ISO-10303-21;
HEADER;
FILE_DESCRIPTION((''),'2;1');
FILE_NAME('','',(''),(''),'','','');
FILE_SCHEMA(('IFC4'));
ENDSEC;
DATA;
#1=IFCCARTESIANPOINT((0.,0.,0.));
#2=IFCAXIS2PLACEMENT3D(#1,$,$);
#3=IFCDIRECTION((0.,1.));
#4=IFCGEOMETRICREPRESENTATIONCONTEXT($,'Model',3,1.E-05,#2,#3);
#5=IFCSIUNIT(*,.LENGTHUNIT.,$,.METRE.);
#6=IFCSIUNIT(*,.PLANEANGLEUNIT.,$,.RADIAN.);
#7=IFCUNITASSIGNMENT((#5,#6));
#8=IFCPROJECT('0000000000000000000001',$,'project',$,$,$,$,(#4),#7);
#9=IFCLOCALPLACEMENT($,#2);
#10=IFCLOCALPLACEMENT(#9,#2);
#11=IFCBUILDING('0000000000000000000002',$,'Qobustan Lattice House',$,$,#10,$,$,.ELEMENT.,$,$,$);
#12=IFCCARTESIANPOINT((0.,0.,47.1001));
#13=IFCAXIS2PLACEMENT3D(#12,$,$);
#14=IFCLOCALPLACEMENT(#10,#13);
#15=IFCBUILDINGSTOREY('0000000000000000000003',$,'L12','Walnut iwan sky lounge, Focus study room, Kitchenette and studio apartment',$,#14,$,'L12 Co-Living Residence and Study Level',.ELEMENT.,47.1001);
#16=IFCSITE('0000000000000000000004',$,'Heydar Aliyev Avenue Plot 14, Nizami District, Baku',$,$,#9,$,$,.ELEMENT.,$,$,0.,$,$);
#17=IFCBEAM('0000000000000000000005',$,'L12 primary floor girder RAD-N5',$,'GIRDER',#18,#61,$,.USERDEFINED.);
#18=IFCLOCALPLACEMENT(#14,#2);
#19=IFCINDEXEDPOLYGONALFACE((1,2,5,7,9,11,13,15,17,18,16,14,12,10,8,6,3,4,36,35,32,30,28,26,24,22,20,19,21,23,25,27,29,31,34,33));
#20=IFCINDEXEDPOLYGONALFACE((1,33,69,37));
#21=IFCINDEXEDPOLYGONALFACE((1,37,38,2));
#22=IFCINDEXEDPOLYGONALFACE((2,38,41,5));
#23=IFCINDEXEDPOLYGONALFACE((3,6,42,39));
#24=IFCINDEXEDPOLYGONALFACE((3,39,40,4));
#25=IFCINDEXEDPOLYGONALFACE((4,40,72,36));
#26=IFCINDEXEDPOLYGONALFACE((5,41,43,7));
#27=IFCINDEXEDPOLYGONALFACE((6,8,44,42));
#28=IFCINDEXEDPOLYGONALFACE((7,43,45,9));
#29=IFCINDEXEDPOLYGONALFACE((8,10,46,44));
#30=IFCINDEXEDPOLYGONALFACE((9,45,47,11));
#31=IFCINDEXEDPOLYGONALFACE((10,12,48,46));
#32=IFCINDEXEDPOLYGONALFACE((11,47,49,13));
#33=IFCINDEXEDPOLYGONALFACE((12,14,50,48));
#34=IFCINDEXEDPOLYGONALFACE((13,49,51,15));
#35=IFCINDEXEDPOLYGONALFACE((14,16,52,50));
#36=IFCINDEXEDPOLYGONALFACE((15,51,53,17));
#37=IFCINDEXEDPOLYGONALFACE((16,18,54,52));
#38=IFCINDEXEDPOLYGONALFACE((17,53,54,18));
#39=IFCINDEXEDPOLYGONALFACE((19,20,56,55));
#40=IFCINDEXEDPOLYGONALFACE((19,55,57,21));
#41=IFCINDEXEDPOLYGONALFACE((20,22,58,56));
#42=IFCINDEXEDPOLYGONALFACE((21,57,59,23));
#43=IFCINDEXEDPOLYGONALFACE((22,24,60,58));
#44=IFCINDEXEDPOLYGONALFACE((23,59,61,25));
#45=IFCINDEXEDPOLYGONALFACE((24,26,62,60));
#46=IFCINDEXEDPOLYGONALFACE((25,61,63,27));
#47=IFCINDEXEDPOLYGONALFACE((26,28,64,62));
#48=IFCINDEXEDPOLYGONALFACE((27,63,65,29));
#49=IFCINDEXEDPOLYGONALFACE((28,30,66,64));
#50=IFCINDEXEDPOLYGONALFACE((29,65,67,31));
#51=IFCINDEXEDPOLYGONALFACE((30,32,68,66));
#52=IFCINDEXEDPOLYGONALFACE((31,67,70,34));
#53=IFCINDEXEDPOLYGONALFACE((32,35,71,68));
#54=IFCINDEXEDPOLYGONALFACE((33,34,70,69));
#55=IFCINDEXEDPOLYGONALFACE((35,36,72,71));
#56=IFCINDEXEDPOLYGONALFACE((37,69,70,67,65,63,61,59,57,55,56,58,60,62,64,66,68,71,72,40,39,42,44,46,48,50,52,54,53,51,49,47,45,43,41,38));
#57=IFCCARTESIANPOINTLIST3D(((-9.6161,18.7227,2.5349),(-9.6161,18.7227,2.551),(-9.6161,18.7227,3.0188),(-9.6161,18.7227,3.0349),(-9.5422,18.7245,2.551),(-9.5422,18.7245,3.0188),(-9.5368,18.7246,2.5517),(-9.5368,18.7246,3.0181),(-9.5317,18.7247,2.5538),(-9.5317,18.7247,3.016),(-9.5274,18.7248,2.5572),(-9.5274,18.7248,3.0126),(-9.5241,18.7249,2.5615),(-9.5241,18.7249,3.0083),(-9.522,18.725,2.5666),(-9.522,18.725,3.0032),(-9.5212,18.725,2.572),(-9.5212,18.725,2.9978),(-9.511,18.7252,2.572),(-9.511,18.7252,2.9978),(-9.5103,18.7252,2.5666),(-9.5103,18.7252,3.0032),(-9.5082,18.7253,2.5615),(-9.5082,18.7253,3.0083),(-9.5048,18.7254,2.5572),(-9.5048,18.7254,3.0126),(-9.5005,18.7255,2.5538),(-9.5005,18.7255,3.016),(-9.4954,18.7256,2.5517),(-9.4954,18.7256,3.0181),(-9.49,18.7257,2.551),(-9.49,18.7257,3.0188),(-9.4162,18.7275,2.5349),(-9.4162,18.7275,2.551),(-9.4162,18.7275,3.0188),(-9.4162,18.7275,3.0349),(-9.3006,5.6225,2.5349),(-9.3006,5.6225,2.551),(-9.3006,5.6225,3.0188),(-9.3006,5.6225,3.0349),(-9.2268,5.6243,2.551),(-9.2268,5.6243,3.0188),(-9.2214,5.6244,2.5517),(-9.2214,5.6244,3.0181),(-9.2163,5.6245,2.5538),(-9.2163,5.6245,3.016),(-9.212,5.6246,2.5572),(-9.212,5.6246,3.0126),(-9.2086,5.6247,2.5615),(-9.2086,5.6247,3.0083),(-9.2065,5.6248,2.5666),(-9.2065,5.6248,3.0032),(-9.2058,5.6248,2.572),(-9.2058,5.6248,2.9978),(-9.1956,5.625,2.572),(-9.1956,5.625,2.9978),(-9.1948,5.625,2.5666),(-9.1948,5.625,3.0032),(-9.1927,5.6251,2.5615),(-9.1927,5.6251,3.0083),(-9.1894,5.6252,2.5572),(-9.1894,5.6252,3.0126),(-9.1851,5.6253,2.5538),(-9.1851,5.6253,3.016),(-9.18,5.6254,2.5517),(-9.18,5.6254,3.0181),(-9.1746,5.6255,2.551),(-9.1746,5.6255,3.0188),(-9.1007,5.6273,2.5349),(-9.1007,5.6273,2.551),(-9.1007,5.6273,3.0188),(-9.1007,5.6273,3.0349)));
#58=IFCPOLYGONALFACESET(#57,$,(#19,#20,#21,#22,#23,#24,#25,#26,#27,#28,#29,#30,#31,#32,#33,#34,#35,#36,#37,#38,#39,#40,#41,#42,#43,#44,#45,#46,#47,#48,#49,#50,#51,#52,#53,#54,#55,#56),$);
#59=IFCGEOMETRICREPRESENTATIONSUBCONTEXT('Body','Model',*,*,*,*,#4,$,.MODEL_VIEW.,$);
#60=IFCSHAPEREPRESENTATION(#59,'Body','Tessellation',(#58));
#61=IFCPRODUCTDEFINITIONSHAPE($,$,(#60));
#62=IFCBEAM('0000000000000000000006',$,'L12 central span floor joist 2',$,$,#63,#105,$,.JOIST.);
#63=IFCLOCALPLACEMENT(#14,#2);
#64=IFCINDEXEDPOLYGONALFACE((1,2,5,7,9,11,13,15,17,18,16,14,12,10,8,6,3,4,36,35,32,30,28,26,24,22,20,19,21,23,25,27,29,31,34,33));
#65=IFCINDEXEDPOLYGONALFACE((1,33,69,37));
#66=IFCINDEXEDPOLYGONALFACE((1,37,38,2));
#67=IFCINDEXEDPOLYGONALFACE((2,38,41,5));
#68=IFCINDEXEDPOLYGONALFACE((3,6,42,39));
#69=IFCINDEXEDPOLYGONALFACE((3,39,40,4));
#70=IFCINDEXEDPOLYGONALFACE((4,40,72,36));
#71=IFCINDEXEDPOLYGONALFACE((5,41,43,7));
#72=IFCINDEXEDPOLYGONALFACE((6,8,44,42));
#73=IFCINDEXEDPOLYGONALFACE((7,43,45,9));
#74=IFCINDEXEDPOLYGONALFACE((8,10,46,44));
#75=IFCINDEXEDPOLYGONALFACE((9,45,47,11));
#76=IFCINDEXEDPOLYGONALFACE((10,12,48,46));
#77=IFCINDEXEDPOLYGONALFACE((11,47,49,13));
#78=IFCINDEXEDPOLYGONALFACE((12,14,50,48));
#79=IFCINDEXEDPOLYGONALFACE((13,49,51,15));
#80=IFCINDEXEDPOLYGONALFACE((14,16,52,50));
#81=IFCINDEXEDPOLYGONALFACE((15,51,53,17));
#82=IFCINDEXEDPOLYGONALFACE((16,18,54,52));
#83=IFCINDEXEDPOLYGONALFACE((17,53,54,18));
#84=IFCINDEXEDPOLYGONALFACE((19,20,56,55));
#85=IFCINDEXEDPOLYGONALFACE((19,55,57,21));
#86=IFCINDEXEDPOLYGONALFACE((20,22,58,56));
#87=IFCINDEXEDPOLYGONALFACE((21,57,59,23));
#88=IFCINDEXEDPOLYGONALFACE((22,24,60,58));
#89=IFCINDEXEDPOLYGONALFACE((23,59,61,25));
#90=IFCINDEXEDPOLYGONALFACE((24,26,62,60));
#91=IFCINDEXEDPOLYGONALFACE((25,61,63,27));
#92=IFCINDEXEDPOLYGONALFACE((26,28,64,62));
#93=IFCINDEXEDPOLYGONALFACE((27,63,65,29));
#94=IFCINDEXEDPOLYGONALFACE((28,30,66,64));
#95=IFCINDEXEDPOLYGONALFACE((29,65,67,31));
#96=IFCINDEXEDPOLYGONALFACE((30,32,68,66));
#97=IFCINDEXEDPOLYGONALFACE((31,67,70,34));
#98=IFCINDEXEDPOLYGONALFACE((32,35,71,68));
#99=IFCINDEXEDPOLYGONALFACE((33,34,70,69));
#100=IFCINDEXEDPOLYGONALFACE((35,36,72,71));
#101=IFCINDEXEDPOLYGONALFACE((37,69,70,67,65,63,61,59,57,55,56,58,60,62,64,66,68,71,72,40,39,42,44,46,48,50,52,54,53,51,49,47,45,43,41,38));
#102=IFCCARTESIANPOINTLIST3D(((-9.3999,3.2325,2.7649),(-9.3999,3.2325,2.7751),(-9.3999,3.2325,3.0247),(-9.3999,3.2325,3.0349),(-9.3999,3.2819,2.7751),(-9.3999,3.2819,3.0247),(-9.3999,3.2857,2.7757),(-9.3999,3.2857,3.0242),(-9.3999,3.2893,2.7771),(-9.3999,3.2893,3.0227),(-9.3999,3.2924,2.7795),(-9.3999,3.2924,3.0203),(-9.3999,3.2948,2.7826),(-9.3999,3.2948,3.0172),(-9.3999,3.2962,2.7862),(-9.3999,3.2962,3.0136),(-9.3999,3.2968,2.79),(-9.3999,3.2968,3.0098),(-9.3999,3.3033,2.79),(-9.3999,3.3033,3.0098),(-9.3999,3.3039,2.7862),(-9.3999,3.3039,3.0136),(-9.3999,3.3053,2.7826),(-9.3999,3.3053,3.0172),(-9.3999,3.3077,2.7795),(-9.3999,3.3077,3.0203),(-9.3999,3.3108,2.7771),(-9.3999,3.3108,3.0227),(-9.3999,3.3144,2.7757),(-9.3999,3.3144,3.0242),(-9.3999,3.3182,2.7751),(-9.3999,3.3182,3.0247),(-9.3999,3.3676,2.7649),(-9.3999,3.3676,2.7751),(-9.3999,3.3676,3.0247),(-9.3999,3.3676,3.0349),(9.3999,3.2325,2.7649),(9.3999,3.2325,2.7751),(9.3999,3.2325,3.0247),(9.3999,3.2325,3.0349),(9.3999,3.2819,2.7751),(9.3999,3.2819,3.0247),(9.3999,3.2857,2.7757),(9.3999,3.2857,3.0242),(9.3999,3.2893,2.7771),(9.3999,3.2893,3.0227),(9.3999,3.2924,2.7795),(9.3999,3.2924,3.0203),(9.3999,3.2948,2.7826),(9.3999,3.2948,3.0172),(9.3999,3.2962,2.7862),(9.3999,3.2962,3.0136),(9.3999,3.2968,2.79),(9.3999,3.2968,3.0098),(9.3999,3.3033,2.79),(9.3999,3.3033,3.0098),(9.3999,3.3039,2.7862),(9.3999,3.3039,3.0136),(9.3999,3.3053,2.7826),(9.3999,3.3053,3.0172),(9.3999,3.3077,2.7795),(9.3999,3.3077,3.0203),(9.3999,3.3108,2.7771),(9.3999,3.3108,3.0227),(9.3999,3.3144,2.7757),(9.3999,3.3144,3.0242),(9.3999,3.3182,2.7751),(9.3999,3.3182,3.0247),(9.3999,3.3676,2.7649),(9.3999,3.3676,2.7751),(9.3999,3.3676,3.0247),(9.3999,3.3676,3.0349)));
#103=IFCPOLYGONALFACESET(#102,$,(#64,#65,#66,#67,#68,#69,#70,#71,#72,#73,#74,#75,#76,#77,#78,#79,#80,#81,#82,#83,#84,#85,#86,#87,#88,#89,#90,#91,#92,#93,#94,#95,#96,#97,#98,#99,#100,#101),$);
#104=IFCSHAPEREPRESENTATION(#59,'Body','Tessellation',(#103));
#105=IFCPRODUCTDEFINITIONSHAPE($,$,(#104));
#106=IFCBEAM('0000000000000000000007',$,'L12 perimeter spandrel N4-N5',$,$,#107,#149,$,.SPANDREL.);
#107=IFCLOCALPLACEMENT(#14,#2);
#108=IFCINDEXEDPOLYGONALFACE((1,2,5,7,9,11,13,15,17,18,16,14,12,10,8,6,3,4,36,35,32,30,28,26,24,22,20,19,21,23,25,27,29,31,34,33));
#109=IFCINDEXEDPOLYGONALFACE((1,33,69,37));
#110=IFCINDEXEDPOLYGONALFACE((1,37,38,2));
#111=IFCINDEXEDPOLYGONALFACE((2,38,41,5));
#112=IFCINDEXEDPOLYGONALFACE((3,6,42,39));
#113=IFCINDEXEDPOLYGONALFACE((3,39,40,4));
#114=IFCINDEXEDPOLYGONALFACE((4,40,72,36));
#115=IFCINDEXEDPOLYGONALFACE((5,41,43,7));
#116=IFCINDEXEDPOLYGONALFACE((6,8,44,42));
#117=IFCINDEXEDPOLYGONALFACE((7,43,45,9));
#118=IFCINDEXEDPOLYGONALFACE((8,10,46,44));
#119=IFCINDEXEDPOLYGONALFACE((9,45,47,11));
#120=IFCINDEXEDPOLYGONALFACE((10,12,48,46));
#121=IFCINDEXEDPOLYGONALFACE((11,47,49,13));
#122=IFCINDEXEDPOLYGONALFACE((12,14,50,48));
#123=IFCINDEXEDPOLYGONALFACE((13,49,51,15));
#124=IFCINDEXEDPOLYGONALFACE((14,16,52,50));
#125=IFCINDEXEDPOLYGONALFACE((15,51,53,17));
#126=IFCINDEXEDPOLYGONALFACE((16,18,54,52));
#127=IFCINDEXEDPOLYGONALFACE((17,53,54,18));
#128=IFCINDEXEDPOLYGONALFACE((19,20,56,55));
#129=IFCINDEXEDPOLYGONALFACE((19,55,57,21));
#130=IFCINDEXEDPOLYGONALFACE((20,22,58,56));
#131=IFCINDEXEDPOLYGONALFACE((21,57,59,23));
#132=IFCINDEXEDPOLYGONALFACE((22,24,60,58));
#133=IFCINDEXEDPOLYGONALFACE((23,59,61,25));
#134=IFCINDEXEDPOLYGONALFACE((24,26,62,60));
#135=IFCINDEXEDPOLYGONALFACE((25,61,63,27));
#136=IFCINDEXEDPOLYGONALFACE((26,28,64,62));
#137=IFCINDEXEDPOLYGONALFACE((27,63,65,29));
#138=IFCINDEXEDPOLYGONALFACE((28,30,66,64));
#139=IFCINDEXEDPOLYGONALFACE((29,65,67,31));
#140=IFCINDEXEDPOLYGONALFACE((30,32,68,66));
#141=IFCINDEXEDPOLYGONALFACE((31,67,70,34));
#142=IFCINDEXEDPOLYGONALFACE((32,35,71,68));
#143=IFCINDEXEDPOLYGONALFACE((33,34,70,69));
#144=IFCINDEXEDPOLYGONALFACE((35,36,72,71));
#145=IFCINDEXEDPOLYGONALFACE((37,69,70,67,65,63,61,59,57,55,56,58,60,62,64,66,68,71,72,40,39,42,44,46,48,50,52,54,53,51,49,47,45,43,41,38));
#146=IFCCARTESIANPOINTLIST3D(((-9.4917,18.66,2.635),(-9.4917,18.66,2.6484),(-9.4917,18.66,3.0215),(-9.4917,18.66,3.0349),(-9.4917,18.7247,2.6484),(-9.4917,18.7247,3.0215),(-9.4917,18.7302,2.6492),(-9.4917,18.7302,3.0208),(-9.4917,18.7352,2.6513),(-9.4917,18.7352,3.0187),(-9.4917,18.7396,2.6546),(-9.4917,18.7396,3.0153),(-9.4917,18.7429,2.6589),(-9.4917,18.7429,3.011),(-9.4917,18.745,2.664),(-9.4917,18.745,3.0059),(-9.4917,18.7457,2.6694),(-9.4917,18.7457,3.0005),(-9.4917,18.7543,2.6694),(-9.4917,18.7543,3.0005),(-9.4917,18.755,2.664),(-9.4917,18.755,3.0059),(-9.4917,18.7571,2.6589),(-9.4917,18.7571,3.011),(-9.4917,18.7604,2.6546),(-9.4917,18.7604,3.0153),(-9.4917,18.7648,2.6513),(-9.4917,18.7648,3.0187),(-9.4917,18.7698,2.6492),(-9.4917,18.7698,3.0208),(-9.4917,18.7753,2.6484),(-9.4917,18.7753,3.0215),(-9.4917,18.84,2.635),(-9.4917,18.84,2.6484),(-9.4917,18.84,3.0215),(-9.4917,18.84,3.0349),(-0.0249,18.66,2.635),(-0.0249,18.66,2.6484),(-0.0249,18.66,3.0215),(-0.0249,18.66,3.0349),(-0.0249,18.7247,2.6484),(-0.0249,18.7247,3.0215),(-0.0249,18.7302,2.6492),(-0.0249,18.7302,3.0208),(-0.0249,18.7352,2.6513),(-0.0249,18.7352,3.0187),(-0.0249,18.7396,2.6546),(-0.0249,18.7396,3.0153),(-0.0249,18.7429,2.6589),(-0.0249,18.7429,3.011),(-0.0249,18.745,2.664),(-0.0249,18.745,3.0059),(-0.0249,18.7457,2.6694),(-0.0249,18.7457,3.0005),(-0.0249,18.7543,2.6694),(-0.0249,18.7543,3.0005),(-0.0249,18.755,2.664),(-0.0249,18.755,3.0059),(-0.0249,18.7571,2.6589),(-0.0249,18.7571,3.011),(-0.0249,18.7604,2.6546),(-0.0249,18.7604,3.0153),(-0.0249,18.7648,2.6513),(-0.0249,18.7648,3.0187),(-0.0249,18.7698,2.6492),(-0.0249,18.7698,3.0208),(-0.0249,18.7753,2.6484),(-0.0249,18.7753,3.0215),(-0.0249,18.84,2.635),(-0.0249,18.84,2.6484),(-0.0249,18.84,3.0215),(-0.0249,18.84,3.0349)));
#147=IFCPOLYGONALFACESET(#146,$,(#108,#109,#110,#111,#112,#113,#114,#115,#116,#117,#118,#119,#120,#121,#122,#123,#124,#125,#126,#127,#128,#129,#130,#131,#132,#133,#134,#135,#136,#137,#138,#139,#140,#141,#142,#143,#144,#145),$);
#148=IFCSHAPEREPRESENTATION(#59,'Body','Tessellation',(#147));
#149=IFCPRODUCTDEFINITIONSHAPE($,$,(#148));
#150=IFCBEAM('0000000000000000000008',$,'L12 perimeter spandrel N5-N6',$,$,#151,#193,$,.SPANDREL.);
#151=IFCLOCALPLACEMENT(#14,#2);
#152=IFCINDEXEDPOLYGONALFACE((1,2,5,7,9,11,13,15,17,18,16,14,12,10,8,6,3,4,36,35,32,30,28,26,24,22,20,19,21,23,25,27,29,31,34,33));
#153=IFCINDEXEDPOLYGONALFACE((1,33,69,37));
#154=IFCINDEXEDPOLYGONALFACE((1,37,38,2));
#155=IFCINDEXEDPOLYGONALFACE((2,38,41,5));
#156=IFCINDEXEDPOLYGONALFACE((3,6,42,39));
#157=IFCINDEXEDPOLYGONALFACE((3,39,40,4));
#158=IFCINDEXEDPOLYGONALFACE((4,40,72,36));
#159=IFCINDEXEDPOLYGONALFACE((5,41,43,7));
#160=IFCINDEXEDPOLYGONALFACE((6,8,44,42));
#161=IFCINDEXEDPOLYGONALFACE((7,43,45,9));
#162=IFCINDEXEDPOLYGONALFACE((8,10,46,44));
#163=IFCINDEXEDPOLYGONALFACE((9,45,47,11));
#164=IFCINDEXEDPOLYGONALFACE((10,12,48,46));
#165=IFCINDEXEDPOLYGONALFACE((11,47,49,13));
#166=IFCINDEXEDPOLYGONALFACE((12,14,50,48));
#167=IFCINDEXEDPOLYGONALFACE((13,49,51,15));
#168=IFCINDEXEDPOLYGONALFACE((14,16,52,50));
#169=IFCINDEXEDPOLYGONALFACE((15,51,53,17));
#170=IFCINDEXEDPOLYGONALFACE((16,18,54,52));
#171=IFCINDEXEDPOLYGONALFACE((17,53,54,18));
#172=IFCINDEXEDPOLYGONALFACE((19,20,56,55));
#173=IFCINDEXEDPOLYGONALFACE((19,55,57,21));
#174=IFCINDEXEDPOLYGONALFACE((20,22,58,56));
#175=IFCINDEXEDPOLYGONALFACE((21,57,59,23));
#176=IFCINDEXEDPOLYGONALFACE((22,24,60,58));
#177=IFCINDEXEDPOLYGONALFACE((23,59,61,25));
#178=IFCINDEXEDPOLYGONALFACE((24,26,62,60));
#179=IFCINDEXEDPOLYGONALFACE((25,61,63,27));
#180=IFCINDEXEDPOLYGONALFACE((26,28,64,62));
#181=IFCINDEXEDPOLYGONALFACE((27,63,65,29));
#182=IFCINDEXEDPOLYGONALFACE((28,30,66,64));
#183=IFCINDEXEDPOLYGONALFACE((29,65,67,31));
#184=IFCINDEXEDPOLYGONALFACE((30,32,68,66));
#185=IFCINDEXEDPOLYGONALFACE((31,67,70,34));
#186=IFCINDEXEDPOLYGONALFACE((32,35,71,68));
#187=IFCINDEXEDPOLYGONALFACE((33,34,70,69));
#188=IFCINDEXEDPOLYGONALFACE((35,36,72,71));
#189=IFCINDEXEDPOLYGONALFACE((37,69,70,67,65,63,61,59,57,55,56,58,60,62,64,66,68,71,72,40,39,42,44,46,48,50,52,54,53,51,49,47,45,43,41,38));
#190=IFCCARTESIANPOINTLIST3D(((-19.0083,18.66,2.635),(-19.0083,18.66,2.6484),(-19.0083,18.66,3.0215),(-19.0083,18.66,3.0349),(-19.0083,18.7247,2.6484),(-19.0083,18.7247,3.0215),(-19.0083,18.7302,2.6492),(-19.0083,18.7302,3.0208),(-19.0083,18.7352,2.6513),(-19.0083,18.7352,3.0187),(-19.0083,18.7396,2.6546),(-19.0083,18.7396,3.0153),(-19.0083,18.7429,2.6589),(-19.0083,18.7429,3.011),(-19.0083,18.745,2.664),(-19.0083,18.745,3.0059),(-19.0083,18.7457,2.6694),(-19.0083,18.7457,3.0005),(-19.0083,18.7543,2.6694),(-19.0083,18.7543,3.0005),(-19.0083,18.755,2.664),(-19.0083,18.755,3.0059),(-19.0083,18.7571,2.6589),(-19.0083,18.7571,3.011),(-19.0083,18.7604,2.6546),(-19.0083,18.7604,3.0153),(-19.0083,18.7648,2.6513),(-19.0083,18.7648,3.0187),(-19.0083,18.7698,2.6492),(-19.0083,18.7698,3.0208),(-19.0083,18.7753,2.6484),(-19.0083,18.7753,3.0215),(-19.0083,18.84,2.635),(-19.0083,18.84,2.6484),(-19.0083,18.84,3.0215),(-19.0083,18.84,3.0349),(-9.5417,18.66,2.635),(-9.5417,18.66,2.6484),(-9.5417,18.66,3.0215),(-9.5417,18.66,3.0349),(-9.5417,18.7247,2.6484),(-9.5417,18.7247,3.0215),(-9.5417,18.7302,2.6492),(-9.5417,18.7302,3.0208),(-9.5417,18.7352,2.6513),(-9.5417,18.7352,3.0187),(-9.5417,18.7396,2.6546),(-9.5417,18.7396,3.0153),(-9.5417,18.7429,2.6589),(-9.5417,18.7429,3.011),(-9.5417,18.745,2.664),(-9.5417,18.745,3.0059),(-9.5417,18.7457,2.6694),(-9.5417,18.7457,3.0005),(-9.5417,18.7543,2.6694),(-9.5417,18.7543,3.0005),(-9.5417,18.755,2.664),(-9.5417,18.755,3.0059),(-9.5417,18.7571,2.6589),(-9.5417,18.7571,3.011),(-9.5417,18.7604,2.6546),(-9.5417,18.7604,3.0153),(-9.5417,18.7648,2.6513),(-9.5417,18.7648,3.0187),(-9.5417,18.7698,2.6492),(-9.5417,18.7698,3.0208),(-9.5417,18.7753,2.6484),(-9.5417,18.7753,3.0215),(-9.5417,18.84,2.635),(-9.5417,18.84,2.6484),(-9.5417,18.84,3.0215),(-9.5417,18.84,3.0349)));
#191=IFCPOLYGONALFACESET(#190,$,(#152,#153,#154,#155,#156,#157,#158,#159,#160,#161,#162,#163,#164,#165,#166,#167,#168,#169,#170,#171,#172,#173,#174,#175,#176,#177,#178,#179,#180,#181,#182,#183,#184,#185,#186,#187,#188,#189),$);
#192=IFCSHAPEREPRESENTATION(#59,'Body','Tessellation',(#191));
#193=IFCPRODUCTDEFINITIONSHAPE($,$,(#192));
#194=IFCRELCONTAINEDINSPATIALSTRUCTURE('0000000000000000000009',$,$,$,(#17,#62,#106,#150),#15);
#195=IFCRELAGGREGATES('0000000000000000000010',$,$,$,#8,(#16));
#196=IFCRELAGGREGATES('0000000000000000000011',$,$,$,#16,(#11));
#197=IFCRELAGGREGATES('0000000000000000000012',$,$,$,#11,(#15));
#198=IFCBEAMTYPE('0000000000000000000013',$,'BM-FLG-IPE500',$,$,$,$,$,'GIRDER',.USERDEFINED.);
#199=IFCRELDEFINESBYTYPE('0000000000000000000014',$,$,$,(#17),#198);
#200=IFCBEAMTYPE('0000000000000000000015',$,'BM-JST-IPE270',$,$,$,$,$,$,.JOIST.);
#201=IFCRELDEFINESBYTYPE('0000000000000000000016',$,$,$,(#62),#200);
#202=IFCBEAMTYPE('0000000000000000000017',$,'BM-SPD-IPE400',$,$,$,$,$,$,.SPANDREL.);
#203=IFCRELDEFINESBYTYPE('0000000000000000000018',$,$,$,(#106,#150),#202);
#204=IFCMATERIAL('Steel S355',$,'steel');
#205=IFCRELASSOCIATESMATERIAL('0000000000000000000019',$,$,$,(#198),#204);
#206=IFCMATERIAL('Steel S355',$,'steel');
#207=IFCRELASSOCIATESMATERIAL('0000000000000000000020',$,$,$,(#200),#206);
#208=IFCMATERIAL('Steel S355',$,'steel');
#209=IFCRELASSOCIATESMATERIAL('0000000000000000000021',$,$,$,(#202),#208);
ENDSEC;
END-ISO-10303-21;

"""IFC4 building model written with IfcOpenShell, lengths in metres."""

from ifc_helpers import new_model, si_unit, direction, frame, origin, origin_2d, place, context, subcontext, project, spatial, i_section, extrude, material, material_profile, profile_set, type_object, element, save


model = new_model("IFC4")

# Units and contexts
model_context = context("Model", 3, precision=1e-05, world=origin(), true_north=direction((0.0, 1.0)))
body_context = subcontext(model_context, "Body", "Model", "MODEL_VIEW")
ifc_project = project(units=[si_unit("LENGTHUNIT", "METRE"), si_unit("PLANEANGLEUNIT", "RADIAN")], contexts=[model_context])

# Site, building, storey
site_placement = place(None, origin())
site = spatial("IfcSite", under=ifc_project, at=site_placement, Name="Heydar Aliyev Avenue Plot 14, Nizami District, Baku", CompositionType="ELEMENT", RefElevation=0.0)
building_placement = place(site_placement, origin())
building = spatial("IfcBuilding", under=site, at=building_placement, Name="Qobustan Lattice House", CompositionType="ELEMENT")
storey_placement = place(building_placement, frame((0.0, 0.0, 47.1001)))
storey = spatial("IfcBuildingStorey", under=building, at=storey_placement, Name="L12", Description="Walnut iwan sky lounge, Focus study room, Kitchenette and studio apartment", LongName="L12 Co-Living Residence and Study Level", CompositionType="ELEMENT", Elevation=47.1001)

# Beams
ifc_material_1 = material(Name="Steel S355", Category="steel")
ifc_material_profile_1 = material_profile(ifc_material_1, i_section(OverallWidth=0.2, OverallDepth=0.5, WebThickness=0.0103, FlangeThickness=0.0161, FilletRadius=0.021, at=origin_2d()), Name="IPE500")
ifc_profile_set_1 = profile_set([ifc_material_profile_1], Name="Steel S355")
beam_type_1 = type_object("IfcBeamType", Name="BM-FLG-IPE500", ElementType="GIRDER", PredefinedType="USERDEFINED", material=ifc_profile_set_1)
beam_1_placement = place(storey_placement, frame((-9.5161, 18.7251, 2.7849), z_axis=(0.024071, -0.99971, 0.0), x_axis=(0.99971, 0.024071, 0.0)))
element("IfcBeam", 1, at=beam_1_placement, inside=storey, type_object=beam_type_1, Name="L12 primary floor girder RAD-N5", ObjectType="GIRDER", PredefinedType="USERDEFINED", context=body_context, shape_type="SweptSolid", body=[
    extrude(i_section(OverallWidth=0.2, OverallDepth=0.5, WebThickness=0.0103, FlangeThickness=0.0161, FilletRadius=0.021, at=origin_2d()), origin(), (0.0, 0.0, 1.0), 13.104),
])
ifc_material_2 = material(Name="Steel S355", Category="steel")
ifc_material_profile_2 = material_profile(ifc_material_2, i_section(OverallWidth=0.135, OverallDepth=0.27, WebThickness=0.0066, FlangeThickness=0.0103, FilletRadius=0.0149, at=origin_2d()), Name="IPE270")
ifc_profile_set_2 = profile_set([ifc_material_profile_2], Name="Steel S355")
beam_type_2 = type_object("IfcBeamType", Name="BM-JST-IPE270", PredefinedType="JOIST", material=ifc_profile_set_2)
beam_2_placement = place(storey_placement, frame((-9.3999, 3.3, 2.8999), z_axis=(1.0, 0.0, 0.0), x_axis=(0.0, 1.0, 0.0)))
element("IfcBeam", 2, at=beam_2_placement, inside=storey, type_object=beam_type_2, Name="L12 central span floor joist 2", PredefinedType="JOIST", context=body_context, shape_type="SweptSolid", body=[
    extrude(i_section(OverallWidth=0.135, OverallDepth=0.27, WebThickness=0.0066, FlangeThickness=0.0103, FilletRadius=0.0149, at=origin_2d()), origin(), (0.0, 0.0, 1.0), 18.7998),
])
ifc_material_3 = material(Name="Steel S355", Category="steel")
ifc_material_profile_3 = material_profile(ifc_material_3, i_section(OverallWidth=0.1799, OverallDepth=0.3999, WebThickness=0.0085, FlangeThickness=0.0134, FilletRadius=0.021, at=origin_2d()), Name="IPE400")
ifc_profile_set_3 = profile_set([ifc_material_profile_3], Name="Steel S355")
beam_type_3 = type_object("IfcBeamType", Name="BM-SPD-IPE400", PredefinedType="SPANDREL", material=ifc_profile_set_3)
beam_3_placement = place(storey_placement, frame((-0.0249, 18.75, 2.835), z_axis=(-1.0, 0.0, 0.0), x_axis=(0.0, -1.0, 0.0)))
element("IfcBeam", 3, at=beam_3_placement, inside=storey, type_object=beam_type_3, Name="L12 perimeter spandrel N4-N5", PredefinedType="SPANDREL", context=body_context, shape_type="SweptSolid", body=[
    extrude(i_section(OverallWidth=0.1799, OverallDepth=0.3999, WebThickness=0.0085, FlangeThickness=0.0134, FilletRadius=0.021, at=origin_2d()), origin(), (0.0, 0.0, 1.0), 9.4668),
])
beam_4_placement = place(storey_placement, frame((-9.5417, 18.75, 2.835), z_axis=(-1.0, 0.0, 0.0), x_axis=(0.0, -1.0, 0.0)))
element("IfcBeam", 4, at=beam_4_placement, inside=storey, type_object=beam_type_3, Name="L12 perimeter spandrel N5-N6", PredefinedType="SPANDREL", context=body_context, shape_type="SweptSolid", body=[
    extrude(i_section(OverallWidth=0.1799, OverallDepth=0.3999, WebThickness=0.0085, FlangeThickness=0.0134, FilletRadius=0.021, at=origin_2d()), origin(), (0.0, 0.0, 1.0), 9.4666),
])

save(model, "model.ifc")
